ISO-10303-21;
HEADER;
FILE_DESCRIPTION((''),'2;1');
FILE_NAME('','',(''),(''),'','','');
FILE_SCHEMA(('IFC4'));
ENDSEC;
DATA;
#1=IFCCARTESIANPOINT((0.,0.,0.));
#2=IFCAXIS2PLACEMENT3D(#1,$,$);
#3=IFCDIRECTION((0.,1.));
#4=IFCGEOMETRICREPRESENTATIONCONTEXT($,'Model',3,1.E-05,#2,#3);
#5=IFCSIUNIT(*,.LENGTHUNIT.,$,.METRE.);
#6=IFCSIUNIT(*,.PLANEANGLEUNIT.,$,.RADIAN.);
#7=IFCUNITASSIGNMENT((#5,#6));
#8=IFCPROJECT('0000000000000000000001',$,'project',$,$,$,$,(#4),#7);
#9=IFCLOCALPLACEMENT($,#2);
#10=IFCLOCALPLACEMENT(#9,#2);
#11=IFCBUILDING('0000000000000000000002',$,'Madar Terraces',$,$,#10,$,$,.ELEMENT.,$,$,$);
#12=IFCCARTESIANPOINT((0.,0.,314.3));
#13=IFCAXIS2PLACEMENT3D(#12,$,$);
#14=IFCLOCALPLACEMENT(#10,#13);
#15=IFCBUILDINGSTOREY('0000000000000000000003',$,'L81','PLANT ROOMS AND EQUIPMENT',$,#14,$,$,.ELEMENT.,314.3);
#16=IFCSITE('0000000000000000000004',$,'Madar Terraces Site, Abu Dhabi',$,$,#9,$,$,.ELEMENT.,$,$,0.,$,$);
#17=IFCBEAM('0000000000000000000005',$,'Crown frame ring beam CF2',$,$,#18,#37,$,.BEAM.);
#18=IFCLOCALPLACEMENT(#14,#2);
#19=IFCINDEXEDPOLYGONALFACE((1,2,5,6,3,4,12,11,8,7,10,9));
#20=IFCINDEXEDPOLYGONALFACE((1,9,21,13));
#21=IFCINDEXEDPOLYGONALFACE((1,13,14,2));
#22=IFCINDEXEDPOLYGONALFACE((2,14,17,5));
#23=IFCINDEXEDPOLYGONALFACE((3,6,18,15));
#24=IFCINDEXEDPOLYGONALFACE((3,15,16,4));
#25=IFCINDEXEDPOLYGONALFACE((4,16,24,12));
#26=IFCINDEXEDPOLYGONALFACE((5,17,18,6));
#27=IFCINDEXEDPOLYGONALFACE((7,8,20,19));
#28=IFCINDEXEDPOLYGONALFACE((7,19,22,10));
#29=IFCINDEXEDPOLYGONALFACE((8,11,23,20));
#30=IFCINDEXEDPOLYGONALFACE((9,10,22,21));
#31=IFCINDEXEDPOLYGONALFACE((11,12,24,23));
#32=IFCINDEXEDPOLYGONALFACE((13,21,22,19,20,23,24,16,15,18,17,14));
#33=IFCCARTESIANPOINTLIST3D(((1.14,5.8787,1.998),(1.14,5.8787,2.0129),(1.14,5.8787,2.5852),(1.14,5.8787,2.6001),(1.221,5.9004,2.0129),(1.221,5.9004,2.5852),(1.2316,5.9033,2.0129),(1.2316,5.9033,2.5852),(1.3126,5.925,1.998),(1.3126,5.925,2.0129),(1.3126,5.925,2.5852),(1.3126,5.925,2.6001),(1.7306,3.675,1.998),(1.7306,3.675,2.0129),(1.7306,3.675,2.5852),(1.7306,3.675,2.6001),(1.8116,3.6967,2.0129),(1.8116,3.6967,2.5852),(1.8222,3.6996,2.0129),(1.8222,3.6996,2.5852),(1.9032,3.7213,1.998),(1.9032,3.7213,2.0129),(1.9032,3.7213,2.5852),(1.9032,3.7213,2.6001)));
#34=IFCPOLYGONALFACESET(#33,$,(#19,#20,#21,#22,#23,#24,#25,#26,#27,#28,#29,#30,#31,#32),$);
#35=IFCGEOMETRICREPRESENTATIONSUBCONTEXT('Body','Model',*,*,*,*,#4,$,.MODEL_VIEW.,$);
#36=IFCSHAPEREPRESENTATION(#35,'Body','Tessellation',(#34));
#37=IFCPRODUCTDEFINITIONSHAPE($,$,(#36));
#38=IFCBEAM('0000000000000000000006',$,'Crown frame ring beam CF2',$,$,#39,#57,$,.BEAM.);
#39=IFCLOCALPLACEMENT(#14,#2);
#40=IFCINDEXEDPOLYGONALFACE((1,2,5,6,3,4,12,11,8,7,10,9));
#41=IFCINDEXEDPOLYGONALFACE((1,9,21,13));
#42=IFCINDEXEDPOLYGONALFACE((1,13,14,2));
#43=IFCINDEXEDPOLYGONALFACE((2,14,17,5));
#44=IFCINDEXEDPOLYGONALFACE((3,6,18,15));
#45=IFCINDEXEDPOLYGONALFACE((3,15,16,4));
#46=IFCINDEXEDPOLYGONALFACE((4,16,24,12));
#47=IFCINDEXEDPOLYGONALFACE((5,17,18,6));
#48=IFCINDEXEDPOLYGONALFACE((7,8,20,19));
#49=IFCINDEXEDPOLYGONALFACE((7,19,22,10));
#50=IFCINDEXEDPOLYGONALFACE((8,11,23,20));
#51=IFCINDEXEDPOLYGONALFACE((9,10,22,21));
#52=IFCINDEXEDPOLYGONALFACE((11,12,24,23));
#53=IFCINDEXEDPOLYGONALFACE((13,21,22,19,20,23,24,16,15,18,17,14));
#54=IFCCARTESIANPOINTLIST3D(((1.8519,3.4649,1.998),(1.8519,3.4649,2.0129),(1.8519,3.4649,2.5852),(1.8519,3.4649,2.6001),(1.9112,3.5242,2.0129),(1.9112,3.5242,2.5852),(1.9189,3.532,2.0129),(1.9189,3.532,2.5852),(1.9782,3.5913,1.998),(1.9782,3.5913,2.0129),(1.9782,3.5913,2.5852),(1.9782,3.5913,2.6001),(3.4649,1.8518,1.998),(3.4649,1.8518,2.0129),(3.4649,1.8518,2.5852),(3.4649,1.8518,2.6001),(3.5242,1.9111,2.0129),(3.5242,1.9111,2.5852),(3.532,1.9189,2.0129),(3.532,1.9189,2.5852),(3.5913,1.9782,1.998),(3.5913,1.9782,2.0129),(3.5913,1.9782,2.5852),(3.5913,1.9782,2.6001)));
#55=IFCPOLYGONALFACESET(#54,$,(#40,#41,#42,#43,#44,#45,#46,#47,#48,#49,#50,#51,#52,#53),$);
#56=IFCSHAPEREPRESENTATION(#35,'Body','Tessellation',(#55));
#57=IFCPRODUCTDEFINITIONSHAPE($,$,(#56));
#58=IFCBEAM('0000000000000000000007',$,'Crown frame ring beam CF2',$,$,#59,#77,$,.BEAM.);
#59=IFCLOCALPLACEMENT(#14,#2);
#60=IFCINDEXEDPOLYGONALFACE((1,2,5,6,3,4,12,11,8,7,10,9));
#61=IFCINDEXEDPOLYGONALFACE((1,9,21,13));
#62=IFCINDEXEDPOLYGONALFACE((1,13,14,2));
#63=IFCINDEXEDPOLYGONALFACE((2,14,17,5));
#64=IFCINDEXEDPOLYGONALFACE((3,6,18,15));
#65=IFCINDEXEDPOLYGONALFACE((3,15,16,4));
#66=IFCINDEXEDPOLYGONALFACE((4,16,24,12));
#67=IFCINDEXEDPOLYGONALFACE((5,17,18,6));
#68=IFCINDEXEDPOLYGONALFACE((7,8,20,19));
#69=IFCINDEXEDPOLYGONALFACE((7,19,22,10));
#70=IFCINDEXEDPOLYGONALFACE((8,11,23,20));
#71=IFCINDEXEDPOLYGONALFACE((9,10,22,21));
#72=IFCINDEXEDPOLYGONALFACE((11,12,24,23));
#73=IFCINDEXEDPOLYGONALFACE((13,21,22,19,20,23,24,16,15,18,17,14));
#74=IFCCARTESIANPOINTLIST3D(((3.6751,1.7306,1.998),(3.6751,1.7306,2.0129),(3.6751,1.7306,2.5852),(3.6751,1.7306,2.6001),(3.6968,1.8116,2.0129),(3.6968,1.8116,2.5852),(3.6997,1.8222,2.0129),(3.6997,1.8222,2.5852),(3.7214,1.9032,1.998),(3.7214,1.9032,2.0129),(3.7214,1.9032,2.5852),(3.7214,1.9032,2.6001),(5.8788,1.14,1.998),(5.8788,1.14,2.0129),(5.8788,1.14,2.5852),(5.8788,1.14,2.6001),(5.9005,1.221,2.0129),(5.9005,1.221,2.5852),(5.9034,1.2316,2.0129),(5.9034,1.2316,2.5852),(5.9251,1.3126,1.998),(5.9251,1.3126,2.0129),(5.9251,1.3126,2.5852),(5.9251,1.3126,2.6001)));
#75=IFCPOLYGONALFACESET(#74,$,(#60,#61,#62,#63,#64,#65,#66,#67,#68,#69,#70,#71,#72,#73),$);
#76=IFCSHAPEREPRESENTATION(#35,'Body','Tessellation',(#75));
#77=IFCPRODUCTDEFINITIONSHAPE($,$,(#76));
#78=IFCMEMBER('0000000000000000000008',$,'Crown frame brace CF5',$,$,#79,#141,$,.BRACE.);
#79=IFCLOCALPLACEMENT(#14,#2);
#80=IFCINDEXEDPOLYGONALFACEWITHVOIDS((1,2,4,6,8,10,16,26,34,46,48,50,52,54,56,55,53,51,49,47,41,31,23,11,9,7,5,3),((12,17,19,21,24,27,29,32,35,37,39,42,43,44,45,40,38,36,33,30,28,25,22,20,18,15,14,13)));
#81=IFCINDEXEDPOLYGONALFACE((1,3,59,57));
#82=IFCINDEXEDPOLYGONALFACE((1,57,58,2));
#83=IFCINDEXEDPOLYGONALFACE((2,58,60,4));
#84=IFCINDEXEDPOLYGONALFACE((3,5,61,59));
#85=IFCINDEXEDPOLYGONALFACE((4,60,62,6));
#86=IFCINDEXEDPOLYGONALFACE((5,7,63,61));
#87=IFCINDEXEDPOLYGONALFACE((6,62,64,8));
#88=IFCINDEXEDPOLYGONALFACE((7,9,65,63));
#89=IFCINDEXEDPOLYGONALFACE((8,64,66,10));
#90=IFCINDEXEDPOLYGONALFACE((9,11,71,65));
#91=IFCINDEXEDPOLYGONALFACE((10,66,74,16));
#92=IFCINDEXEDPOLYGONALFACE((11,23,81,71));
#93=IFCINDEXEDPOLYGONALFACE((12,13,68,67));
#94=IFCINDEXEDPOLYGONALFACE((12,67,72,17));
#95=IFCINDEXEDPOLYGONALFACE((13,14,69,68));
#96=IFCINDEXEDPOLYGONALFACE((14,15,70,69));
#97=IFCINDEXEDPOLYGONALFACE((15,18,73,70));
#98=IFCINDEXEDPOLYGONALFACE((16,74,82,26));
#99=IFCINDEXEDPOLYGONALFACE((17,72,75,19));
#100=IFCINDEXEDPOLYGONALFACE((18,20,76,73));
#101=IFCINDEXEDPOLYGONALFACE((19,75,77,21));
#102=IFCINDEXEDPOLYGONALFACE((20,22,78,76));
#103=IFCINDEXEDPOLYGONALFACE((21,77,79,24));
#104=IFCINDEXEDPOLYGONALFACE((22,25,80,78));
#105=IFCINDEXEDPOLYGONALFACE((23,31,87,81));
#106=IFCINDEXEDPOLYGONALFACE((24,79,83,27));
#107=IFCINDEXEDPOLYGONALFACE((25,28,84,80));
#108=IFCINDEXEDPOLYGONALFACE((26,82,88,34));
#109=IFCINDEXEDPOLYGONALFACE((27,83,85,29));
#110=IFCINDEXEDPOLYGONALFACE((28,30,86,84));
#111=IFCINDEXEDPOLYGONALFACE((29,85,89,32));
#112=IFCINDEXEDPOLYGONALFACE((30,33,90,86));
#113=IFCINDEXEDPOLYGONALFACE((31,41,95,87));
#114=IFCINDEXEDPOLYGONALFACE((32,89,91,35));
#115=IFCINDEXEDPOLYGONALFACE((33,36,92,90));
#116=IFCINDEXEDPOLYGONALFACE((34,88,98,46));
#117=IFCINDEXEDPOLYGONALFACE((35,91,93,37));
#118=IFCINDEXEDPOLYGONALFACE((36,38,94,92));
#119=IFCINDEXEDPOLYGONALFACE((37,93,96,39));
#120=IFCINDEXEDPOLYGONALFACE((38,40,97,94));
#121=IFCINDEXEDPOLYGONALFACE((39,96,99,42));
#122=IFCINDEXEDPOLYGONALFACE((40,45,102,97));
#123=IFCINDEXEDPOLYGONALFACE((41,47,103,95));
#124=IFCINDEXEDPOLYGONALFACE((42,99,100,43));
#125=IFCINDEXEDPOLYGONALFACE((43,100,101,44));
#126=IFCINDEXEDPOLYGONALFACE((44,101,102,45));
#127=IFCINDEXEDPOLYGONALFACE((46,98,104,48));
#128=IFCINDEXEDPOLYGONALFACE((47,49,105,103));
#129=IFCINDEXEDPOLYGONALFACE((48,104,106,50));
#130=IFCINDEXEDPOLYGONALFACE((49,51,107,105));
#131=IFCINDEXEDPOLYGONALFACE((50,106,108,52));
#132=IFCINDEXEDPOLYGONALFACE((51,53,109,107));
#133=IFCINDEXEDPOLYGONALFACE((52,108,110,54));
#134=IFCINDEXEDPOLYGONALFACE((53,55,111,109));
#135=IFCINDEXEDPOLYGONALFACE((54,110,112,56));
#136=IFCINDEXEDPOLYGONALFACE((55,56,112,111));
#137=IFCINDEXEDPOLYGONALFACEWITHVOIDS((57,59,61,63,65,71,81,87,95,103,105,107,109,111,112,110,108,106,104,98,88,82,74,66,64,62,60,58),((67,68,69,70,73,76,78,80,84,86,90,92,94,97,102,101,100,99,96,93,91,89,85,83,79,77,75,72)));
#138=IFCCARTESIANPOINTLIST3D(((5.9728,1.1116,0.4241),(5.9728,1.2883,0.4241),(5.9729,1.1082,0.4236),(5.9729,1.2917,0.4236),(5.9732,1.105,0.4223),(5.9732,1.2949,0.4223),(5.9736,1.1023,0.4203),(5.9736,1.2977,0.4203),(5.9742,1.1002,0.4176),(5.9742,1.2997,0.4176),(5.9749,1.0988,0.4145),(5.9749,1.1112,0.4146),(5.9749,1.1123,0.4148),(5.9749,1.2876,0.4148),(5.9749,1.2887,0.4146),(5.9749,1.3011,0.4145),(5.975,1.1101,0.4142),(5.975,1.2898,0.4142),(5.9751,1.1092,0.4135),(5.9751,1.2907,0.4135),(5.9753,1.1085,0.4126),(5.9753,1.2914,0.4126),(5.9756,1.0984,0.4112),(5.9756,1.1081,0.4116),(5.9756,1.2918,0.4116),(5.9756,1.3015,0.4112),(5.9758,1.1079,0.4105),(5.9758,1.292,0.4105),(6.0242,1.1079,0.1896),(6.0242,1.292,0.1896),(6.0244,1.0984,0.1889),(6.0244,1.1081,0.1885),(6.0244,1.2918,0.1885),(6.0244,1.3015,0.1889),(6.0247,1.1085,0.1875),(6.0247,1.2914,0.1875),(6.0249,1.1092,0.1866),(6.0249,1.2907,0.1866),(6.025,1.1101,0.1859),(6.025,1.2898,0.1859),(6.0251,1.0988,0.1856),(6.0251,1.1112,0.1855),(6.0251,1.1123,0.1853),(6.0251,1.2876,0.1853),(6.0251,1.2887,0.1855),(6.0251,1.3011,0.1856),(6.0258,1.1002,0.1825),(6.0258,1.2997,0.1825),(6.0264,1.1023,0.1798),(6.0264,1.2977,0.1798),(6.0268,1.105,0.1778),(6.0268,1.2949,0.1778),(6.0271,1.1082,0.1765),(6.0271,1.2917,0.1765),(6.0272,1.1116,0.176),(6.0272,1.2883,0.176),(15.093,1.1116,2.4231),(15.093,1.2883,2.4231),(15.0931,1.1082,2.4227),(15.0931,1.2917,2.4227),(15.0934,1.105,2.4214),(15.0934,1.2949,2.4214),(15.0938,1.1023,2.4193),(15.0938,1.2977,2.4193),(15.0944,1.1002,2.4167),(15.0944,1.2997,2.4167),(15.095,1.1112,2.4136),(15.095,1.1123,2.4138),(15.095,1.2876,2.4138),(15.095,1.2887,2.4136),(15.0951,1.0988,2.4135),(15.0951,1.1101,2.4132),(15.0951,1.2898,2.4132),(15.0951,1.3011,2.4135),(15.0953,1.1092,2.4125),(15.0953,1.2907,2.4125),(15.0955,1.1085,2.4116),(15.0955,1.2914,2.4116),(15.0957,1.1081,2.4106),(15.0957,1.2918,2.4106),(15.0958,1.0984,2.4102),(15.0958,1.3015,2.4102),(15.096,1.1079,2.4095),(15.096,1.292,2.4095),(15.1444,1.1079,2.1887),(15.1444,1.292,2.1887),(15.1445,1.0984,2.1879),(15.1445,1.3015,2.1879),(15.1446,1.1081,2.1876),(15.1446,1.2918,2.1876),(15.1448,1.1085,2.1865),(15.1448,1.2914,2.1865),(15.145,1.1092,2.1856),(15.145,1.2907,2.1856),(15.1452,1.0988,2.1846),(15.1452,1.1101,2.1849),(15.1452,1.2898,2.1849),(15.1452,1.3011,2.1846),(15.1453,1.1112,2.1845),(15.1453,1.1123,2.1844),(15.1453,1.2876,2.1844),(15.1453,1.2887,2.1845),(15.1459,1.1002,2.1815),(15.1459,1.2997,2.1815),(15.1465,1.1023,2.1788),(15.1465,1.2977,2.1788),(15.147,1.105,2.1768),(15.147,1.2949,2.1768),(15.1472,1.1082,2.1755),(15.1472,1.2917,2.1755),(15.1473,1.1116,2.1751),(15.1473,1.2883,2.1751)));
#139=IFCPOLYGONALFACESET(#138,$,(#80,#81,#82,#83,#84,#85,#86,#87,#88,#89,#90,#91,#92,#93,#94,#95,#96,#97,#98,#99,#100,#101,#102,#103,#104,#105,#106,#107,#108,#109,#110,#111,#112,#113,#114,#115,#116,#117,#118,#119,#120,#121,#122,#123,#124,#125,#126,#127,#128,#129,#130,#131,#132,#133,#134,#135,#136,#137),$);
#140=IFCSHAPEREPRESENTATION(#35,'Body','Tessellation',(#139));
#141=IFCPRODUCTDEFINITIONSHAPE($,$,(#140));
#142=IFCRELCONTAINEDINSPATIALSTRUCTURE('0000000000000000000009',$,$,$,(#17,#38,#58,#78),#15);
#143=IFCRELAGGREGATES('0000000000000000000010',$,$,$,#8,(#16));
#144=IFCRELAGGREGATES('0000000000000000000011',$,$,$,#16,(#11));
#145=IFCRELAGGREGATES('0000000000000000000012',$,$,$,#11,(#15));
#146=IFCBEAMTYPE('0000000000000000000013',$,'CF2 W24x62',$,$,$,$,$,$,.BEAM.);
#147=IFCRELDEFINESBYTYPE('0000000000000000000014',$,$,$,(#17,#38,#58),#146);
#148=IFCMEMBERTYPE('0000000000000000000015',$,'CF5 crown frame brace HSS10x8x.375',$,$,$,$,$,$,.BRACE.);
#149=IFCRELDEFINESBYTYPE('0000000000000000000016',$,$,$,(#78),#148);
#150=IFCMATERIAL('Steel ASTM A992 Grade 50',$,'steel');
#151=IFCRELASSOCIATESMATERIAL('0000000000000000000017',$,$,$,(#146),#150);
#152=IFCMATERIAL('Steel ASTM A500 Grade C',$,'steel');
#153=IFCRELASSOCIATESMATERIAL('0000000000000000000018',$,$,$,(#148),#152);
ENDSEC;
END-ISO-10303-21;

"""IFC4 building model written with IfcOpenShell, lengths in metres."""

from ifc_helpers import new_model, si_unit, direction, frame, origin, origin_2d, place, context, subcontext, project, spatial, hollow_rectangle, i_section, extrude, material, material_profile, profile_set, type_object, element, save


model = new_model("IFC4")

# Units and contexts
model_context = context("Model", 3, precision=1e-05, world=origin(), true_north=direction((0.0, 1.0)))
body_context = subcontext(model_context, "Body", "Model", "MODEL_VIEW")
ifc_project = project(units=[si_unit("LENGTHUNIT", "METRE"), si_unit("PLANEANGLEUNIT", "RADIAN")], contexts=[model_context])

# Site, building, storey
site_placement = place(None, origin())
site = spatial("IfcSite", under=ifc_project, at=site_placement, Name="Madar Terraces Site, Abu Dhabi", CompositionType="ELEMENT", RefElevation=0.0)
building_placement = place(site_placement, origin())
building = spatial("IfcBuilding", under=site, at=building_placement, Name="Madar Terraces", CompositionType="ELEMENT")
storey_placement = place(building_placement, frame((0.0, 0.0, 314.3)))
storey = spatial("IfcBuildingStorey", under=building, at=storey_placement, Name="L81", Description="PLANT ROOMS AND EQUIPMENT", CompositionType="ELEMENT", Elevation=314.3)

# Beams
ifc_material_1 = material(Name="Steel ASTM A992 Grade 50", Category="steel")
ifc_material_profile_1 = material_profile(ifc_material_1, i_section(OverallWidth=0.1787, OverallDepth=0.6021, WebThickness=0.011, FlangeThickness=0.0149, at=origin_2d()), Name="W24x62")
ifc_profile_set_1 = profile_set([ifc_material_profile_1], Name="Steel ASTM A992 Grade 50")
beam_type = type_object("IfcBeamType", Name="CF2 W24x62", PredefinedType="BEAM", material=ifc_profile_set_1)
beam_1_placement = place(storey_placement, frame((1.2263, 5.9019, 2.2991), z_axis=(0.258868, -0.965913, 0.0), x_axis=(0.965913, 0.258868, 0.0)))
element("IfcBeam", 1, at=beam_1_placement, inside=storey, type_object=beam_type, Name="Crown frame ring beam CF2", PredefinedType="BEAM", context=body_context, shape_type="SweptSolid", body=[
    extrude(i_section(OverallWidth=0.1787, OverallDepth=0.6021, WebThickness=0.011, FlangeThickness=0.0149, at=origin_2d()), origin(), (0.0, 0.0, 1.0), 2.2815),
])
beam_2_placement = place(storey_placement, frame((1.915, 3.5281, 2.2991), z_axis=(0.707107, -0.707107, 0.0), x_axis=(0.707107, 0.707107, 0.0)))
element("IfcBeam", 2, at=beam_2_placement, inside=storey, type_object=beam_type, Name="Crown frame ring beam CF2", PredefinedType="BEAM", context=body_context, shape_type="SweptSolid", body=[
    extrude(i_section(OverallWidth=0.1787, OverallDepth=0.6021, WebThickness=0.011, FlangeThickness=0.0149, at=origin_2d()), origin(), (0.0, 0.0, 1.0), 2.2812),
])
beam_3_placement = place(storey_placement, frame((3.6982, 1.8169, 2.2991), z_axis=(0.965913, -0.258868, 0.0), x_axis=(0.258868, 0.965913, 0.0)))
element("IfcBeam", 3, at=beam_3_placement, inside=storey, type_object=beam_type, Name="Crown frame ring beam CF2", PredefinedType="BEAM", context=body_context, shape_type="SweptSolid", body=[
    extrude(i_section(OverallWidth=0.1787, OverallDepth=0.6021, WebThickness=0.011, FlangeThickness=0.0149, at=origin_2d()), origin(), (0.0, 0.0, 1.0), 2.2815),
])

# Member
ifc_material_2 = material(Name="Steel ASTM A500 Grade C", Category="steel")
ifc_material_profile_2 = material_profile(ifc_material_2, hollow_rectangle(XDim=0.2031, YDim=0.2539, WallThickness=0.0095, InnerFilletRadius=0.0044, OuterFilletRadius=0.0132, at=origin_2d()), Name="HSS10x8x.375")
ifc_profile_set_2 = profile_set([ifc_material_profile_2], Name="Steel ASTM A500 Grade C")
member_type_1 = type_object("IfcMemberType", Name="CF5 crown frame brace HSS10x8x.375", PredefinedType="BRACE", material=ifc_profile_set_2)
member_1_placement = place(storey_placement, frame((6.0, 1.2, 0.3), z_axis=(0.976811, 0.0, 0.214105), x_axis=(0.0, 1.0, 0.0)))
element("IfcMember", 4, at=member_1_placement, inside=storey, type_object=member_type_1, Name="Crown frame brace CF5", PredefinedType="BRACE", context=body_context, shape_type="SweptSolid", body=[
    extrude(hollow_rectangle(XDim=0.2031, YDim=0.2539, WallThickness=0.0095, InnerFilletRadius=0.0044, OuterFilletRadius=0.0132, at=origin_2d()), origin(), (0.0, 0.0, 1.0), 9.3367),
])

save(model, "model.ifc")
